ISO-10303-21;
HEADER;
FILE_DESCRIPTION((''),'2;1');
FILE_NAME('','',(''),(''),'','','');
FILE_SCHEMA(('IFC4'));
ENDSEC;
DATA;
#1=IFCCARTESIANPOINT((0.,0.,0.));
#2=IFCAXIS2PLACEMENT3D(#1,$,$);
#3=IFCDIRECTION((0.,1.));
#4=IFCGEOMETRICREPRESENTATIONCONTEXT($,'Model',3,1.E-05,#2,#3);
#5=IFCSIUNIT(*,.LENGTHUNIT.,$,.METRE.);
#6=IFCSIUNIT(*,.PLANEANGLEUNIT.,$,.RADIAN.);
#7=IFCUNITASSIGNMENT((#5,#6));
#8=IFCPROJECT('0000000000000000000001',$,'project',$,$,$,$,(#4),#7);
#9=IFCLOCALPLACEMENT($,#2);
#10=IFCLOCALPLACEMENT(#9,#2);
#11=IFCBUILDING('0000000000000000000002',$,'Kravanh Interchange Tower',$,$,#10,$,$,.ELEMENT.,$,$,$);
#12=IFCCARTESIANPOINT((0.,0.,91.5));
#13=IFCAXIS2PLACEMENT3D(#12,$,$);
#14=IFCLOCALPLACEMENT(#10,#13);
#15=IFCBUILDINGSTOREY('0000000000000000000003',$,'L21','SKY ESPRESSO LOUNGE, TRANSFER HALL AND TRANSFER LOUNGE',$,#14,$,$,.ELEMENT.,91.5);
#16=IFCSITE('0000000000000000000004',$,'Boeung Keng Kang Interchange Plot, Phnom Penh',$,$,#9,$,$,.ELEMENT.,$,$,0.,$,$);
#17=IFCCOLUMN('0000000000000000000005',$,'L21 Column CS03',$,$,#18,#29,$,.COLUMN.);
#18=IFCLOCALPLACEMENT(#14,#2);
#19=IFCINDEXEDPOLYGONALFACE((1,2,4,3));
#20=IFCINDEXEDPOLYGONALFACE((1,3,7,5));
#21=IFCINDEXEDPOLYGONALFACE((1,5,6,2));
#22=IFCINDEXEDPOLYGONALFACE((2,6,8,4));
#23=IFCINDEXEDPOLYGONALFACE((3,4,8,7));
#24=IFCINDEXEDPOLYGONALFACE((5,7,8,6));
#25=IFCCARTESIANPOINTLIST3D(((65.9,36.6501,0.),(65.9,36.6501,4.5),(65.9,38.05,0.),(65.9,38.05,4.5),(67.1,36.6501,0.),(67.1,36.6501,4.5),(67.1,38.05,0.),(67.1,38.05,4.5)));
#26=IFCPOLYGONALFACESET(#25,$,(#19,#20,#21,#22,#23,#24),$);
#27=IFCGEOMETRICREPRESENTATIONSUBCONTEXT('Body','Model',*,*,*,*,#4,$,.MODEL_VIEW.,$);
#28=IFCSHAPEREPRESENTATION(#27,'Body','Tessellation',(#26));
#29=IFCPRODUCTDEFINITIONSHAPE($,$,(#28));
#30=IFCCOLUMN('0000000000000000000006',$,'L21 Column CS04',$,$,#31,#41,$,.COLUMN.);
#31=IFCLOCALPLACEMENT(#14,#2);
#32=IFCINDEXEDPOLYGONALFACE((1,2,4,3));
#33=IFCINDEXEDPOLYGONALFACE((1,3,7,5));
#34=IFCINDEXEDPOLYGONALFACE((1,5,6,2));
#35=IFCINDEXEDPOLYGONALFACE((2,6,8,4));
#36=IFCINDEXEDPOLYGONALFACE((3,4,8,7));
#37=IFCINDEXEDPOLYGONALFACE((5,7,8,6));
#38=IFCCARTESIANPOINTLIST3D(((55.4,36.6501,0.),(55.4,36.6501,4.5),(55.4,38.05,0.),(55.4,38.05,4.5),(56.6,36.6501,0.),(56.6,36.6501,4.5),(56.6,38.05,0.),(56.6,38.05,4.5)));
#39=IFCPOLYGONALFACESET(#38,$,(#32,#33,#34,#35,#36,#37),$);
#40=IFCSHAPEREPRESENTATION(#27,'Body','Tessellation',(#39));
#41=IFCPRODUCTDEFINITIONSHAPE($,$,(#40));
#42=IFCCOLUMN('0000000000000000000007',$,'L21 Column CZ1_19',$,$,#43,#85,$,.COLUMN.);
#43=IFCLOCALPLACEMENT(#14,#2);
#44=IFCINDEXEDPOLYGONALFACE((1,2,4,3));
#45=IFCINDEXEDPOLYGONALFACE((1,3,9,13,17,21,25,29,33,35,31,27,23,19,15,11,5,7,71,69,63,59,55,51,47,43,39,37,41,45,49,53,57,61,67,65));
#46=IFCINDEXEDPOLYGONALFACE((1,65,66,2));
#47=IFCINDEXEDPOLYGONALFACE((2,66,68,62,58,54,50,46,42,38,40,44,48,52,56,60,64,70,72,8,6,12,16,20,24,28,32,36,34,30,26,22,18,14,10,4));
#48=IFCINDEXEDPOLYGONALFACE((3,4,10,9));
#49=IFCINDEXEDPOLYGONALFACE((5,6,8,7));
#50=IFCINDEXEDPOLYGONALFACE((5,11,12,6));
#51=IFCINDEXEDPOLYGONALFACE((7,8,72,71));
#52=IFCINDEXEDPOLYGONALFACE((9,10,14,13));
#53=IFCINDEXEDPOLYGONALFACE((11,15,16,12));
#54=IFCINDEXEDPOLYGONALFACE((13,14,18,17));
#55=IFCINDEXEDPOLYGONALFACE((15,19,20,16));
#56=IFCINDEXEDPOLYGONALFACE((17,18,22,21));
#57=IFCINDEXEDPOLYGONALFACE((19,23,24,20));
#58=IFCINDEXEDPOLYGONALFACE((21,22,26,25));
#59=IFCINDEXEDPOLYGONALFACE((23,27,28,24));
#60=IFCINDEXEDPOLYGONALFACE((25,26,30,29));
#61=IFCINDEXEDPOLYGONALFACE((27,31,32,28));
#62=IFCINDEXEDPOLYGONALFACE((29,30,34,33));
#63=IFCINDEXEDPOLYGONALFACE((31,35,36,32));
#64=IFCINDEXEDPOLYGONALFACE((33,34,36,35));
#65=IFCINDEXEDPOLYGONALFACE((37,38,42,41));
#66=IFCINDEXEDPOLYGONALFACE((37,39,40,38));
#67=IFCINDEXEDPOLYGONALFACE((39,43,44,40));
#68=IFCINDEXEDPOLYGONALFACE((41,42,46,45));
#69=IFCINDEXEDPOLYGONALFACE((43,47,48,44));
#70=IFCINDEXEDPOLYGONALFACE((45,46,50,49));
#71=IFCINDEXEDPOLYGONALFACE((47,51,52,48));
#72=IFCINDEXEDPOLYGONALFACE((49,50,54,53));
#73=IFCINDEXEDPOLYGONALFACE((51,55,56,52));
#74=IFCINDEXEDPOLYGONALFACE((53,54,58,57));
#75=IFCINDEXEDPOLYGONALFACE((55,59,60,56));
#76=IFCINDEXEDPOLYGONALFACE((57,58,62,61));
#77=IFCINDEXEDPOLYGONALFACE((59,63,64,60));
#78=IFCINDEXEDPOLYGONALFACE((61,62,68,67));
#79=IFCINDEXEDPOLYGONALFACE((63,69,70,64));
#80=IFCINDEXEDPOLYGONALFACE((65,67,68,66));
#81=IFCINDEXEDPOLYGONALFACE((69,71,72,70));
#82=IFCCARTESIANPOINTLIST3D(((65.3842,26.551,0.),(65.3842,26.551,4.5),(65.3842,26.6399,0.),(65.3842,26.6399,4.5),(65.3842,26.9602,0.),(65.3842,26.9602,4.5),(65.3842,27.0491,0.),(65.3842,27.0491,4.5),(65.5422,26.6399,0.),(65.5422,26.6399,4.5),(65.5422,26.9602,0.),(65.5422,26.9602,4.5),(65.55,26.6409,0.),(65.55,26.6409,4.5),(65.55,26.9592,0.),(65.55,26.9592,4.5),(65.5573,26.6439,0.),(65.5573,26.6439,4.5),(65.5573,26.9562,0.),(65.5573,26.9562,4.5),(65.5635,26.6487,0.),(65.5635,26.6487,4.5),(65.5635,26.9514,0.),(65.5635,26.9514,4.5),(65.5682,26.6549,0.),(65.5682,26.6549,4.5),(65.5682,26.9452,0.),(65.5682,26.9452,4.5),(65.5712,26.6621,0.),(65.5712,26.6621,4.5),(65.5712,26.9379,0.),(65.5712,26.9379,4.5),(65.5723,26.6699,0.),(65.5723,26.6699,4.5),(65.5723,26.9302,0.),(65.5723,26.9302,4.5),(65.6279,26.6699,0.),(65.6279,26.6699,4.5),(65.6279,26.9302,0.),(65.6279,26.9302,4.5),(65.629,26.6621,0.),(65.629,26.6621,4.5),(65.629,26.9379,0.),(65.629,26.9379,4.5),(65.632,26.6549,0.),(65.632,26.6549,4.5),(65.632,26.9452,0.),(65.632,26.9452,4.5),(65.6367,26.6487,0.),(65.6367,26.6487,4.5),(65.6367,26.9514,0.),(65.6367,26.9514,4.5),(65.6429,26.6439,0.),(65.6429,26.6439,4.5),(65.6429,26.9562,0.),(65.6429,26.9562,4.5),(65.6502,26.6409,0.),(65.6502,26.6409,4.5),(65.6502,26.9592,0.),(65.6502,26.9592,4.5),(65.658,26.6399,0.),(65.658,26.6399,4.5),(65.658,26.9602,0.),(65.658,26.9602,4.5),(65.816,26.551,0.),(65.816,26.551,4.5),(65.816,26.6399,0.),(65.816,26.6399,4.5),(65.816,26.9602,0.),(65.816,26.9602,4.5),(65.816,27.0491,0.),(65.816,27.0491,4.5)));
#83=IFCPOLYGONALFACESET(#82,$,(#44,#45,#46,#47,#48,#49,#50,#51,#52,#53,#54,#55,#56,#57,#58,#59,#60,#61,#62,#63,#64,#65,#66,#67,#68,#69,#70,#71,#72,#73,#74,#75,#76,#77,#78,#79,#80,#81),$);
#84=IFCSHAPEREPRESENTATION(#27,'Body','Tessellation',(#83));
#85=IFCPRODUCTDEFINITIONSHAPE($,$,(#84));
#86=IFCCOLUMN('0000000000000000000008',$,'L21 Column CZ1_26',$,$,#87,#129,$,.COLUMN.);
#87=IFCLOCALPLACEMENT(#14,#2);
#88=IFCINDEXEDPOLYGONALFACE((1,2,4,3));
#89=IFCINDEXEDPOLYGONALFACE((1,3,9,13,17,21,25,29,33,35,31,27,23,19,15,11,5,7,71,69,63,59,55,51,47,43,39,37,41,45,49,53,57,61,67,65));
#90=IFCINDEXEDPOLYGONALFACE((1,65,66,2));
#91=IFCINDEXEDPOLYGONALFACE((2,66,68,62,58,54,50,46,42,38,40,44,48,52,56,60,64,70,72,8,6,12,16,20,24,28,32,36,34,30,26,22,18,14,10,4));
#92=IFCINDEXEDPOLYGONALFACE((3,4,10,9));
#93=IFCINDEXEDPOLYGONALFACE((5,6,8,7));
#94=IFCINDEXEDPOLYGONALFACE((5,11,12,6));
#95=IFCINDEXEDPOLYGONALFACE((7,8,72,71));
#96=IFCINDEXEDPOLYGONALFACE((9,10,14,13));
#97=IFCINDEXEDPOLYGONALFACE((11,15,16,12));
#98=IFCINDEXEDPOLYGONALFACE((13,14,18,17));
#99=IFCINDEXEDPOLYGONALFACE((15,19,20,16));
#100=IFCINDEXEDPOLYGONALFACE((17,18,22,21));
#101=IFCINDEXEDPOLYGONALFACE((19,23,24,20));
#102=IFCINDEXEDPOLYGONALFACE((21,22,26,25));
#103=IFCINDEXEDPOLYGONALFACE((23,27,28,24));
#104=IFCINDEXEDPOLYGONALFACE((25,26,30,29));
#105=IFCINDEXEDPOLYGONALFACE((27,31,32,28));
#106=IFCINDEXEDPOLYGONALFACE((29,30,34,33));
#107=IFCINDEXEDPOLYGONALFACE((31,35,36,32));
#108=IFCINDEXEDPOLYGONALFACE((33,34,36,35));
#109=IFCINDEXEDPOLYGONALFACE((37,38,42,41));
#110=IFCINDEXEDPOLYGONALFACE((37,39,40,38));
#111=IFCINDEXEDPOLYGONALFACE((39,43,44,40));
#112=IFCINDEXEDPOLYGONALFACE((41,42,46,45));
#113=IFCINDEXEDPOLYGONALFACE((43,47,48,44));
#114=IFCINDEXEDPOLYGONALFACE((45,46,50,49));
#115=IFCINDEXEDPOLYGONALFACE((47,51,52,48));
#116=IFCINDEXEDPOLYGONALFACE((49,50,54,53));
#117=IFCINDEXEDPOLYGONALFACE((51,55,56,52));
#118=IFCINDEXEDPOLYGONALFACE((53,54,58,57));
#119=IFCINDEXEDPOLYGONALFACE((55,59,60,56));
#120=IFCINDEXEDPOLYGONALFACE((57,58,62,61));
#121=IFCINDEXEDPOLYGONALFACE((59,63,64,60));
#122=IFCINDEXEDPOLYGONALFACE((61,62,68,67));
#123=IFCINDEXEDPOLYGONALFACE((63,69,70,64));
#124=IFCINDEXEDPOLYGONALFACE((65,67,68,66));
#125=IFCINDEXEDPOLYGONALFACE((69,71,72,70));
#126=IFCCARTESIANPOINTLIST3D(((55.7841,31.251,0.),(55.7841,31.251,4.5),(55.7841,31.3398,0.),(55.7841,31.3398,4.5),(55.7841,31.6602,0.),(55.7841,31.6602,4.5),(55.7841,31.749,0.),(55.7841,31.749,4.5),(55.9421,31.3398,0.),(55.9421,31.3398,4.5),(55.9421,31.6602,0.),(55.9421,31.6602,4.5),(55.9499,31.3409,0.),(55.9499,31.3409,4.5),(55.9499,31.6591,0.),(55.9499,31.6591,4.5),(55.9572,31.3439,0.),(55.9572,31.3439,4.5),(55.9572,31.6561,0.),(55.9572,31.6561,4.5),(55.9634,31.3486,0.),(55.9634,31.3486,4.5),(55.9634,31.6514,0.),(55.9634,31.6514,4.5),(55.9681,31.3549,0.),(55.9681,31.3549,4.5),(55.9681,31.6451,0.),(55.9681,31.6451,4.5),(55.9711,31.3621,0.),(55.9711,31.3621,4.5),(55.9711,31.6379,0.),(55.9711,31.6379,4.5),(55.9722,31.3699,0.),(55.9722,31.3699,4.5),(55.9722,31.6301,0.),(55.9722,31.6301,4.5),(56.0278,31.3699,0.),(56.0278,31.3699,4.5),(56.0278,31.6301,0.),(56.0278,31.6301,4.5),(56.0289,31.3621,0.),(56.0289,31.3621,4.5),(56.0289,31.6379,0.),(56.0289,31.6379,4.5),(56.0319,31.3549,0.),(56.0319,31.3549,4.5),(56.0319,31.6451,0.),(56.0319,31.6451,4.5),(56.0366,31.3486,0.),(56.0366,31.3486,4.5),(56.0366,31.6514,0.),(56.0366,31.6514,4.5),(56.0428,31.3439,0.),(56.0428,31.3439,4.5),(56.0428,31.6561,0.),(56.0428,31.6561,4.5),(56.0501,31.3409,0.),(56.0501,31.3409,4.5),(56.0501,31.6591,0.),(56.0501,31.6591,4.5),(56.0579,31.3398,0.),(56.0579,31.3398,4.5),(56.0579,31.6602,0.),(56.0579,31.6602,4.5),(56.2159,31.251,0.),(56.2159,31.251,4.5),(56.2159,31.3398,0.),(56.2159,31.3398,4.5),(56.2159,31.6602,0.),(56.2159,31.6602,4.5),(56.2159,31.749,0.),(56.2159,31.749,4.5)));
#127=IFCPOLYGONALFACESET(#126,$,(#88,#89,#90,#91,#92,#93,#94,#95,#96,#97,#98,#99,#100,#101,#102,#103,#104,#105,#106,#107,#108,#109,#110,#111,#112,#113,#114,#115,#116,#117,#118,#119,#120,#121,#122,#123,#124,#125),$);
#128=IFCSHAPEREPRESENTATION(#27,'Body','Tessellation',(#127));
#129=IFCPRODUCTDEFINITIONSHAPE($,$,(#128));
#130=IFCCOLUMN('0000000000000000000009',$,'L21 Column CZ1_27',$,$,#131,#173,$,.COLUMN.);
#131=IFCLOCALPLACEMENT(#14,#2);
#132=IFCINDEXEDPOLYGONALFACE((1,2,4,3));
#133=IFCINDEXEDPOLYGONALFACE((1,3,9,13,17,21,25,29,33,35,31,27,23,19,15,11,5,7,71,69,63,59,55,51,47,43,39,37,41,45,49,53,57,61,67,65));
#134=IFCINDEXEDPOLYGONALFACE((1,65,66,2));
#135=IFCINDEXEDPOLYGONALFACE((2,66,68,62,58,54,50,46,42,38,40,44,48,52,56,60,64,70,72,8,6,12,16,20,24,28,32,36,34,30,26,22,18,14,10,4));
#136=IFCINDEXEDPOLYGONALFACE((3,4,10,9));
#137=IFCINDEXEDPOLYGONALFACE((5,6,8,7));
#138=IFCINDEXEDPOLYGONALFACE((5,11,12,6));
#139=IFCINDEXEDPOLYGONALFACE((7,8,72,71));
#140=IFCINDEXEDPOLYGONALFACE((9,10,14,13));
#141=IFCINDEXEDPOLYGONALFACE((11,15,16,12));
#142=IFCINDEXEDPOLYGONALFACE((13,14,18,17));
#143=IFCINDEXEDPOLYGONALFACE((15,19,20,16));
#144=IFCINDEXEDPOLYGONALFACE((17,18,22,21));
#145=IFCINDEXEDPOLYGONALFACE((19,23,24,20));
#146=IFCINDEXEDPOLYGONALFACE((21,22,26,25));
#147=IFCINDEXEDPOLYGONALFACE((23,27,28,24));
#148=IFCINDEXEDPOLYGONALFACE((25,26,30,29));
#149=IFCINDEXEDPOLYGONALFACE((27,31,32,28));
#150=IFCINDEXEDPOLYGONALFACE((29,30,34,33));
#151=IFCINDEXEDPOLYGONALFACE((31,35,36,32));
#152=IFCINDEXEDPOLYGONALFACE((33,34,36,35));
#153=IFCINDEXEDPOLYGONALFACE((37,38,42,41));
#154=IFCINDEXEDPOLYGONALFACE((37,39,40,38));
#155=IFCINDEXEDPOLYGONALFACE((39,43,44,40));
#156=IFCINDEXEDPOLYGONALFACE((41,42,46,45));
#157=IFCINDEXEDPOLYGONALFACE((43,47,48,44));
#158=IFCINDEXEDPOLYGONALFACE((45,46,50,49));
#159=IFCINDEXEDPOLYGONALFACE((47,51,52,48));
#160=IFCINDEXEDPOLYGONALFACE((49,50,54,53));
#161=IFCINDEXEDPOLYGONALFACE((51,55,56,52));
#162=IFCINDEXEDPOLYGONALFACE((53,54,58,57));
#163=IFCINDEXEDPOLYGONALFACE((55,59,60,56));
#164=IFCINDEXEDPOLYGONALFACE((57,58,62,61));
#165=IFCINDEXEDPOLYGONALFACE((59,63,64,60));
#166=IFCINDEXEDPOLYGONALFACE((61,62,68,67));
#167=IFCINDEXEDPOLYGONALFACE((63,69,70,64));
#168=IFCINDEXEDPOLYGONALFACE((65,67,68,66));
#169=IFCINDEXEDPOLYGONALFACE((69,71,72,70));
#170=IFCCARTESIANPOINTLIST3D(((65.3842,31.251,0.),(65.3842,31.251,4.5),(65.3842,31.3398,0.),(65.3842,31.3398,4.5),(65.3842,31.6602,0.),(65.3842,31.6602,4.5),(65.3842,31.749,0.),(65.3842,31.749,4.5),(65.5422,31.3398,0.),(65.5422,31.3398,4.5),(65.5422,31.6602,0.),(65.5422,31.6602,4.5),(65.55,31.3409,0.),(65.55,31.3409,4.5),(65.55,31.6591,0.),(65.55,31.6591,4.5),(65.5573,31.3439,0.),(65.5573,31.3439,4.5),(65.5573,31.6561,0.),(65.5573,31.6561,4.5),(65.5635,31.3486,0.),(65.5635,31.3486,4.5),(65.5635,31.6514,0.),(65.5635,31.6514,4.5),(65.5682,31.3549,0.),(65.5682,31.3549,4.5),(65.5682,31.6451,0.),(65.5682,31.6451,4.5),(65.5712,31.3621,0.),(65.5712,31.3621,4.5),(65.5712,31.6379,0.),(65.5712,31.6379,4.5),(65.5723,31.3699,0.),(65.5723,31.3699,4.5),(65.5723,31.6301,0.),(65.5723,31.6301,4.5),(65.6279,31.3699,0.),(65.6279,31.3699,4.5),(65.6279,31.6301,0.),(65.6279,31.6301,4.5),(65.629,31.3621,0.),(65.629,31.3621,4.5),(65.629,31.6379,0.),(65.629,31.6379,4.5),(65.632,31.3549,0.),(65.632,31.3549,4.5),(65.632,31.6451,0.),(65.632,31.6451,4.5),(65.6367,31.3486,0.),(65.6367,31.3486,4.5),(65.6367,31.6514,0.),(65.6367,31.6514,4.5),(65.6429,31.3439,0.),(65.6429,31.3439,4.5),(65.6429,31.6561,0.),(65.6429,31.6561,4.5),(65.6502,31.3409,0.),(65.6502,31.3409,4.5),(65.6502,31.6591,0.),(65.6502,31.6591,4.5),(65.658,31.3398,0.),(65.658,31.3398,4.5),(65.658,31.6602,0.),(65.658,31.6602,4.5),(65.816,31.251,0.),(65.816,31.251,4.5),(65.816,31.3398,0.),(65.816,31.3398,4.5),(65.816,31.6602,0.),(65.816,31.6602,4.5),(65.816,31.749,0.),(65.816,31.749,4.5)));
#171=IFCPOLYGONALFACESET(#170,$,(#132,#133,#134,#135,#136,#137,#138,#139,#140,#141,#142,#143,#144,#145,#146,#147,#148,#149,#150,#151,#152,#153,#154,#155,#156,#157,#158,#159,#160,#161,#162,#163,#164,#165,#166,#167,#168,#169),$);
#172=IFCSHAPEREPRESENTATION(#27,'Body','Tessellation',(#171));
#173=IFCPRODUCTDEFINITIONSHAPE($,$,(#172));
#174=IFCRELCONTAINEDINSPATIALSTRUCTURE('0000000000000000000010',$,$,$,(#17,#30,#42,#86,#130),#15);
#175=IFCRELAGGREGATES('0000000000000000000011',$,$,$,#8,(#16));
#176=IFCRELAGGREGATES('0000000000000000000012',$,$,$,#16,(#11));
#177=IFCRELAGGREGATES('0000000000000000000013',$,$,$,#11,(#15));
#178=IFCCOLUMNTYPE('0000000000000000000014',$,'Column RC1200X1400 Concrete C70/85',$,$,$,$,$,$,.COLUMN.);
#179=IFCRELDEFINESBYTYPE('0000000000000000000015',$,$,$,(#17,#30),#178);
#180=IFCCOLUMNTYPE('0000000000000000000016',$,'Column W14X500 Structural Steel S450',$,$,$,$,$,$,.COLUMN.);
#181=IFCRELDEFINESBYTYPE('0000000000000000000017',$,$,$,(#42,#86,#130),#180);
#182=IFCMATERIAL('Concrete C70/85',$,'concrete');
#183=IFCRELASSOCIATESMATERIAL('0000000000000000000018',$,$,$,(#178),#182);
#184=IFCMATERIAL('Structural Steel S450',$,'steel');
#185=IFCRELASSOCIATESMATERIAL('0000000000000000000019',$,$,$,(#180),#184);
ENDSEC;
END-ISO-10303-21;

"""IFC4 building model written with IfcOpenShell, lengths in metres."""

from ifc_helpers import new_model, si_unit, direction, frame, origin, origin_2d, place, context, subcontext, project, spatial, rectangle, i_section, extrude, material, material_profile, profile_set, type_object, element, save


model = new_model("IFC4")

# Units and contexts
model_context = context("Model", 3, precision=1e-05, world=origin(), true_north=direction((0.0, 1.0)))
body_context = subcontext(model_context, "Body", "Model", "MODEL_VIEW")
ifc_project = project(units=[si_unit("LENGTHUNIT", "METRE"), si_unit("PLANEANGLEUNIT", "RADIAN")], contexts=[model_context])

# Site, building, storey
site_placement = place(None, origin())
site = spatial("IfcSite", under=ifc_project, at=site_placement, Name="Boeung Keng Kang Interchange Plot, Phnom Penh", CompositionType="ELEMENT", RefElevation=0.0)
building_placement = place(site_placement, origin())
building = spatial("IfcBuilding", under=site, at=building_placement, Name="Kravanh Interchange Tower", CompositionType="ELEMENT")
storey_placement = place(building_placement, frame((0.0, 0.0, 91.5)))
storey = spatial("IfcBuildingStorey", under=building, at=storey_placement, Name="L21", Description="SKY ESPRESSO LOUNGE, TRANSFER HALL AND TRANSFER LOUNGE", CompositionType="ELEMENT", Elevation=91.5)

# Columns
ifc_material_1 = material(Name="Concrete C70/85", Category="concrete")
ifc_material_profile_1 = material_profile(ifc_material_1, rectangle(XDim=1.2, YDim=1.3999, at=origin_2d()), Name="RC1200X1400")
ifc_profile_set_1 = profile_set([ifc_material_profile_1], Name="Concrete C70/85")
column_type_1 = type_object("IfcColumnType", Name="Column RC1200X1400 Concrete C70/85", PredefinedType="COLUMN", material=ifc_profile_set_1)
for number, where, z_axis, x_axis, name in (
    (1, (66.5, 37.3501, 0.0), (0.0, 0.0, 1.0), (1.0, 0.0, 0.0), "L21 Column CS03"),
    (2, (56.0, 37.3501, 0.0), (0.0, 0.0, 1.0), (1.0, 0.0, 0.0), "L21 Column CS04"),
):
    element("IfcColumn", number, at=place(storey_placement, frame(where, z_axis=z_axis, x_axis=x_axis)), inside=storey, type_object=column_type_1, Name=name, PredefinedType="COLUMN", context=body_context, shape_type="SweptSolid", body=[
        extrude(rectangle(XDim=1.2, YDim=1.3999, at=origin_2d()), origin(), (0.0, 0.0, 1.0), 4.5),
    ])
ifc_material_2 = material(Name="Structural Steel S450", Category="steel")
ifc_material_profile_2 = material_profile(ifc_material_2, i_section(OverallWidth=0.4319, OverallDepth=0.498, WebThickness=0.0557, FlangeThickness=0.0889, FilletRadius=0.03, at=origin_2d()), Name="W14X500")
ifc_profile_set_2 = profile_set([ifc_material_profile_2], Name="Structural Steel S450")
column_type_2 = type_object("IfcColumnType", Name="Column W14X500 Structural Steel S450", PredefinedType="COLUMN", material=ifc_profile_set_2)
for number, where, z_axis, x_axis, name in (
    (3, (65.6001, 26.8, 0.0), (0.0, 0.0, 1.0), (1.0, 0.0, 0.0), "L21 Column CZ1_19"),
    (4, (56.0, 31.5, 0.0), (0.0, 0.0, 1.0), (1.0, 0.0, 0.0), "L21 Column CZ1_26"),
    (5, (65.6001, 31.5, 0.0), (0.0, 0.0, 1.0), (1.0, 0.0, 0.0), "L21 Column CZ1_27"),
):
    element("IfcColumn", number, at=place(storey_placement, frame(where, z_axis=z_axis, x_axis=x_axis)), inside=storey, type_object=column_type_2, Name=name, PredefinedType="COLUMN", context=body_context, shape_type="SweptSolid", body=[
        extrude(i_section(OverallWidth=0.4319, OverallDepth=0.498, WebThickness=0.0557, FlangeThickness=0.0889, FilletRadius=0.03, at=origin_2d()), origin(), (0.0, 0.0, 1.0), 4.5),
    ])

save(model, "model.ifc")
